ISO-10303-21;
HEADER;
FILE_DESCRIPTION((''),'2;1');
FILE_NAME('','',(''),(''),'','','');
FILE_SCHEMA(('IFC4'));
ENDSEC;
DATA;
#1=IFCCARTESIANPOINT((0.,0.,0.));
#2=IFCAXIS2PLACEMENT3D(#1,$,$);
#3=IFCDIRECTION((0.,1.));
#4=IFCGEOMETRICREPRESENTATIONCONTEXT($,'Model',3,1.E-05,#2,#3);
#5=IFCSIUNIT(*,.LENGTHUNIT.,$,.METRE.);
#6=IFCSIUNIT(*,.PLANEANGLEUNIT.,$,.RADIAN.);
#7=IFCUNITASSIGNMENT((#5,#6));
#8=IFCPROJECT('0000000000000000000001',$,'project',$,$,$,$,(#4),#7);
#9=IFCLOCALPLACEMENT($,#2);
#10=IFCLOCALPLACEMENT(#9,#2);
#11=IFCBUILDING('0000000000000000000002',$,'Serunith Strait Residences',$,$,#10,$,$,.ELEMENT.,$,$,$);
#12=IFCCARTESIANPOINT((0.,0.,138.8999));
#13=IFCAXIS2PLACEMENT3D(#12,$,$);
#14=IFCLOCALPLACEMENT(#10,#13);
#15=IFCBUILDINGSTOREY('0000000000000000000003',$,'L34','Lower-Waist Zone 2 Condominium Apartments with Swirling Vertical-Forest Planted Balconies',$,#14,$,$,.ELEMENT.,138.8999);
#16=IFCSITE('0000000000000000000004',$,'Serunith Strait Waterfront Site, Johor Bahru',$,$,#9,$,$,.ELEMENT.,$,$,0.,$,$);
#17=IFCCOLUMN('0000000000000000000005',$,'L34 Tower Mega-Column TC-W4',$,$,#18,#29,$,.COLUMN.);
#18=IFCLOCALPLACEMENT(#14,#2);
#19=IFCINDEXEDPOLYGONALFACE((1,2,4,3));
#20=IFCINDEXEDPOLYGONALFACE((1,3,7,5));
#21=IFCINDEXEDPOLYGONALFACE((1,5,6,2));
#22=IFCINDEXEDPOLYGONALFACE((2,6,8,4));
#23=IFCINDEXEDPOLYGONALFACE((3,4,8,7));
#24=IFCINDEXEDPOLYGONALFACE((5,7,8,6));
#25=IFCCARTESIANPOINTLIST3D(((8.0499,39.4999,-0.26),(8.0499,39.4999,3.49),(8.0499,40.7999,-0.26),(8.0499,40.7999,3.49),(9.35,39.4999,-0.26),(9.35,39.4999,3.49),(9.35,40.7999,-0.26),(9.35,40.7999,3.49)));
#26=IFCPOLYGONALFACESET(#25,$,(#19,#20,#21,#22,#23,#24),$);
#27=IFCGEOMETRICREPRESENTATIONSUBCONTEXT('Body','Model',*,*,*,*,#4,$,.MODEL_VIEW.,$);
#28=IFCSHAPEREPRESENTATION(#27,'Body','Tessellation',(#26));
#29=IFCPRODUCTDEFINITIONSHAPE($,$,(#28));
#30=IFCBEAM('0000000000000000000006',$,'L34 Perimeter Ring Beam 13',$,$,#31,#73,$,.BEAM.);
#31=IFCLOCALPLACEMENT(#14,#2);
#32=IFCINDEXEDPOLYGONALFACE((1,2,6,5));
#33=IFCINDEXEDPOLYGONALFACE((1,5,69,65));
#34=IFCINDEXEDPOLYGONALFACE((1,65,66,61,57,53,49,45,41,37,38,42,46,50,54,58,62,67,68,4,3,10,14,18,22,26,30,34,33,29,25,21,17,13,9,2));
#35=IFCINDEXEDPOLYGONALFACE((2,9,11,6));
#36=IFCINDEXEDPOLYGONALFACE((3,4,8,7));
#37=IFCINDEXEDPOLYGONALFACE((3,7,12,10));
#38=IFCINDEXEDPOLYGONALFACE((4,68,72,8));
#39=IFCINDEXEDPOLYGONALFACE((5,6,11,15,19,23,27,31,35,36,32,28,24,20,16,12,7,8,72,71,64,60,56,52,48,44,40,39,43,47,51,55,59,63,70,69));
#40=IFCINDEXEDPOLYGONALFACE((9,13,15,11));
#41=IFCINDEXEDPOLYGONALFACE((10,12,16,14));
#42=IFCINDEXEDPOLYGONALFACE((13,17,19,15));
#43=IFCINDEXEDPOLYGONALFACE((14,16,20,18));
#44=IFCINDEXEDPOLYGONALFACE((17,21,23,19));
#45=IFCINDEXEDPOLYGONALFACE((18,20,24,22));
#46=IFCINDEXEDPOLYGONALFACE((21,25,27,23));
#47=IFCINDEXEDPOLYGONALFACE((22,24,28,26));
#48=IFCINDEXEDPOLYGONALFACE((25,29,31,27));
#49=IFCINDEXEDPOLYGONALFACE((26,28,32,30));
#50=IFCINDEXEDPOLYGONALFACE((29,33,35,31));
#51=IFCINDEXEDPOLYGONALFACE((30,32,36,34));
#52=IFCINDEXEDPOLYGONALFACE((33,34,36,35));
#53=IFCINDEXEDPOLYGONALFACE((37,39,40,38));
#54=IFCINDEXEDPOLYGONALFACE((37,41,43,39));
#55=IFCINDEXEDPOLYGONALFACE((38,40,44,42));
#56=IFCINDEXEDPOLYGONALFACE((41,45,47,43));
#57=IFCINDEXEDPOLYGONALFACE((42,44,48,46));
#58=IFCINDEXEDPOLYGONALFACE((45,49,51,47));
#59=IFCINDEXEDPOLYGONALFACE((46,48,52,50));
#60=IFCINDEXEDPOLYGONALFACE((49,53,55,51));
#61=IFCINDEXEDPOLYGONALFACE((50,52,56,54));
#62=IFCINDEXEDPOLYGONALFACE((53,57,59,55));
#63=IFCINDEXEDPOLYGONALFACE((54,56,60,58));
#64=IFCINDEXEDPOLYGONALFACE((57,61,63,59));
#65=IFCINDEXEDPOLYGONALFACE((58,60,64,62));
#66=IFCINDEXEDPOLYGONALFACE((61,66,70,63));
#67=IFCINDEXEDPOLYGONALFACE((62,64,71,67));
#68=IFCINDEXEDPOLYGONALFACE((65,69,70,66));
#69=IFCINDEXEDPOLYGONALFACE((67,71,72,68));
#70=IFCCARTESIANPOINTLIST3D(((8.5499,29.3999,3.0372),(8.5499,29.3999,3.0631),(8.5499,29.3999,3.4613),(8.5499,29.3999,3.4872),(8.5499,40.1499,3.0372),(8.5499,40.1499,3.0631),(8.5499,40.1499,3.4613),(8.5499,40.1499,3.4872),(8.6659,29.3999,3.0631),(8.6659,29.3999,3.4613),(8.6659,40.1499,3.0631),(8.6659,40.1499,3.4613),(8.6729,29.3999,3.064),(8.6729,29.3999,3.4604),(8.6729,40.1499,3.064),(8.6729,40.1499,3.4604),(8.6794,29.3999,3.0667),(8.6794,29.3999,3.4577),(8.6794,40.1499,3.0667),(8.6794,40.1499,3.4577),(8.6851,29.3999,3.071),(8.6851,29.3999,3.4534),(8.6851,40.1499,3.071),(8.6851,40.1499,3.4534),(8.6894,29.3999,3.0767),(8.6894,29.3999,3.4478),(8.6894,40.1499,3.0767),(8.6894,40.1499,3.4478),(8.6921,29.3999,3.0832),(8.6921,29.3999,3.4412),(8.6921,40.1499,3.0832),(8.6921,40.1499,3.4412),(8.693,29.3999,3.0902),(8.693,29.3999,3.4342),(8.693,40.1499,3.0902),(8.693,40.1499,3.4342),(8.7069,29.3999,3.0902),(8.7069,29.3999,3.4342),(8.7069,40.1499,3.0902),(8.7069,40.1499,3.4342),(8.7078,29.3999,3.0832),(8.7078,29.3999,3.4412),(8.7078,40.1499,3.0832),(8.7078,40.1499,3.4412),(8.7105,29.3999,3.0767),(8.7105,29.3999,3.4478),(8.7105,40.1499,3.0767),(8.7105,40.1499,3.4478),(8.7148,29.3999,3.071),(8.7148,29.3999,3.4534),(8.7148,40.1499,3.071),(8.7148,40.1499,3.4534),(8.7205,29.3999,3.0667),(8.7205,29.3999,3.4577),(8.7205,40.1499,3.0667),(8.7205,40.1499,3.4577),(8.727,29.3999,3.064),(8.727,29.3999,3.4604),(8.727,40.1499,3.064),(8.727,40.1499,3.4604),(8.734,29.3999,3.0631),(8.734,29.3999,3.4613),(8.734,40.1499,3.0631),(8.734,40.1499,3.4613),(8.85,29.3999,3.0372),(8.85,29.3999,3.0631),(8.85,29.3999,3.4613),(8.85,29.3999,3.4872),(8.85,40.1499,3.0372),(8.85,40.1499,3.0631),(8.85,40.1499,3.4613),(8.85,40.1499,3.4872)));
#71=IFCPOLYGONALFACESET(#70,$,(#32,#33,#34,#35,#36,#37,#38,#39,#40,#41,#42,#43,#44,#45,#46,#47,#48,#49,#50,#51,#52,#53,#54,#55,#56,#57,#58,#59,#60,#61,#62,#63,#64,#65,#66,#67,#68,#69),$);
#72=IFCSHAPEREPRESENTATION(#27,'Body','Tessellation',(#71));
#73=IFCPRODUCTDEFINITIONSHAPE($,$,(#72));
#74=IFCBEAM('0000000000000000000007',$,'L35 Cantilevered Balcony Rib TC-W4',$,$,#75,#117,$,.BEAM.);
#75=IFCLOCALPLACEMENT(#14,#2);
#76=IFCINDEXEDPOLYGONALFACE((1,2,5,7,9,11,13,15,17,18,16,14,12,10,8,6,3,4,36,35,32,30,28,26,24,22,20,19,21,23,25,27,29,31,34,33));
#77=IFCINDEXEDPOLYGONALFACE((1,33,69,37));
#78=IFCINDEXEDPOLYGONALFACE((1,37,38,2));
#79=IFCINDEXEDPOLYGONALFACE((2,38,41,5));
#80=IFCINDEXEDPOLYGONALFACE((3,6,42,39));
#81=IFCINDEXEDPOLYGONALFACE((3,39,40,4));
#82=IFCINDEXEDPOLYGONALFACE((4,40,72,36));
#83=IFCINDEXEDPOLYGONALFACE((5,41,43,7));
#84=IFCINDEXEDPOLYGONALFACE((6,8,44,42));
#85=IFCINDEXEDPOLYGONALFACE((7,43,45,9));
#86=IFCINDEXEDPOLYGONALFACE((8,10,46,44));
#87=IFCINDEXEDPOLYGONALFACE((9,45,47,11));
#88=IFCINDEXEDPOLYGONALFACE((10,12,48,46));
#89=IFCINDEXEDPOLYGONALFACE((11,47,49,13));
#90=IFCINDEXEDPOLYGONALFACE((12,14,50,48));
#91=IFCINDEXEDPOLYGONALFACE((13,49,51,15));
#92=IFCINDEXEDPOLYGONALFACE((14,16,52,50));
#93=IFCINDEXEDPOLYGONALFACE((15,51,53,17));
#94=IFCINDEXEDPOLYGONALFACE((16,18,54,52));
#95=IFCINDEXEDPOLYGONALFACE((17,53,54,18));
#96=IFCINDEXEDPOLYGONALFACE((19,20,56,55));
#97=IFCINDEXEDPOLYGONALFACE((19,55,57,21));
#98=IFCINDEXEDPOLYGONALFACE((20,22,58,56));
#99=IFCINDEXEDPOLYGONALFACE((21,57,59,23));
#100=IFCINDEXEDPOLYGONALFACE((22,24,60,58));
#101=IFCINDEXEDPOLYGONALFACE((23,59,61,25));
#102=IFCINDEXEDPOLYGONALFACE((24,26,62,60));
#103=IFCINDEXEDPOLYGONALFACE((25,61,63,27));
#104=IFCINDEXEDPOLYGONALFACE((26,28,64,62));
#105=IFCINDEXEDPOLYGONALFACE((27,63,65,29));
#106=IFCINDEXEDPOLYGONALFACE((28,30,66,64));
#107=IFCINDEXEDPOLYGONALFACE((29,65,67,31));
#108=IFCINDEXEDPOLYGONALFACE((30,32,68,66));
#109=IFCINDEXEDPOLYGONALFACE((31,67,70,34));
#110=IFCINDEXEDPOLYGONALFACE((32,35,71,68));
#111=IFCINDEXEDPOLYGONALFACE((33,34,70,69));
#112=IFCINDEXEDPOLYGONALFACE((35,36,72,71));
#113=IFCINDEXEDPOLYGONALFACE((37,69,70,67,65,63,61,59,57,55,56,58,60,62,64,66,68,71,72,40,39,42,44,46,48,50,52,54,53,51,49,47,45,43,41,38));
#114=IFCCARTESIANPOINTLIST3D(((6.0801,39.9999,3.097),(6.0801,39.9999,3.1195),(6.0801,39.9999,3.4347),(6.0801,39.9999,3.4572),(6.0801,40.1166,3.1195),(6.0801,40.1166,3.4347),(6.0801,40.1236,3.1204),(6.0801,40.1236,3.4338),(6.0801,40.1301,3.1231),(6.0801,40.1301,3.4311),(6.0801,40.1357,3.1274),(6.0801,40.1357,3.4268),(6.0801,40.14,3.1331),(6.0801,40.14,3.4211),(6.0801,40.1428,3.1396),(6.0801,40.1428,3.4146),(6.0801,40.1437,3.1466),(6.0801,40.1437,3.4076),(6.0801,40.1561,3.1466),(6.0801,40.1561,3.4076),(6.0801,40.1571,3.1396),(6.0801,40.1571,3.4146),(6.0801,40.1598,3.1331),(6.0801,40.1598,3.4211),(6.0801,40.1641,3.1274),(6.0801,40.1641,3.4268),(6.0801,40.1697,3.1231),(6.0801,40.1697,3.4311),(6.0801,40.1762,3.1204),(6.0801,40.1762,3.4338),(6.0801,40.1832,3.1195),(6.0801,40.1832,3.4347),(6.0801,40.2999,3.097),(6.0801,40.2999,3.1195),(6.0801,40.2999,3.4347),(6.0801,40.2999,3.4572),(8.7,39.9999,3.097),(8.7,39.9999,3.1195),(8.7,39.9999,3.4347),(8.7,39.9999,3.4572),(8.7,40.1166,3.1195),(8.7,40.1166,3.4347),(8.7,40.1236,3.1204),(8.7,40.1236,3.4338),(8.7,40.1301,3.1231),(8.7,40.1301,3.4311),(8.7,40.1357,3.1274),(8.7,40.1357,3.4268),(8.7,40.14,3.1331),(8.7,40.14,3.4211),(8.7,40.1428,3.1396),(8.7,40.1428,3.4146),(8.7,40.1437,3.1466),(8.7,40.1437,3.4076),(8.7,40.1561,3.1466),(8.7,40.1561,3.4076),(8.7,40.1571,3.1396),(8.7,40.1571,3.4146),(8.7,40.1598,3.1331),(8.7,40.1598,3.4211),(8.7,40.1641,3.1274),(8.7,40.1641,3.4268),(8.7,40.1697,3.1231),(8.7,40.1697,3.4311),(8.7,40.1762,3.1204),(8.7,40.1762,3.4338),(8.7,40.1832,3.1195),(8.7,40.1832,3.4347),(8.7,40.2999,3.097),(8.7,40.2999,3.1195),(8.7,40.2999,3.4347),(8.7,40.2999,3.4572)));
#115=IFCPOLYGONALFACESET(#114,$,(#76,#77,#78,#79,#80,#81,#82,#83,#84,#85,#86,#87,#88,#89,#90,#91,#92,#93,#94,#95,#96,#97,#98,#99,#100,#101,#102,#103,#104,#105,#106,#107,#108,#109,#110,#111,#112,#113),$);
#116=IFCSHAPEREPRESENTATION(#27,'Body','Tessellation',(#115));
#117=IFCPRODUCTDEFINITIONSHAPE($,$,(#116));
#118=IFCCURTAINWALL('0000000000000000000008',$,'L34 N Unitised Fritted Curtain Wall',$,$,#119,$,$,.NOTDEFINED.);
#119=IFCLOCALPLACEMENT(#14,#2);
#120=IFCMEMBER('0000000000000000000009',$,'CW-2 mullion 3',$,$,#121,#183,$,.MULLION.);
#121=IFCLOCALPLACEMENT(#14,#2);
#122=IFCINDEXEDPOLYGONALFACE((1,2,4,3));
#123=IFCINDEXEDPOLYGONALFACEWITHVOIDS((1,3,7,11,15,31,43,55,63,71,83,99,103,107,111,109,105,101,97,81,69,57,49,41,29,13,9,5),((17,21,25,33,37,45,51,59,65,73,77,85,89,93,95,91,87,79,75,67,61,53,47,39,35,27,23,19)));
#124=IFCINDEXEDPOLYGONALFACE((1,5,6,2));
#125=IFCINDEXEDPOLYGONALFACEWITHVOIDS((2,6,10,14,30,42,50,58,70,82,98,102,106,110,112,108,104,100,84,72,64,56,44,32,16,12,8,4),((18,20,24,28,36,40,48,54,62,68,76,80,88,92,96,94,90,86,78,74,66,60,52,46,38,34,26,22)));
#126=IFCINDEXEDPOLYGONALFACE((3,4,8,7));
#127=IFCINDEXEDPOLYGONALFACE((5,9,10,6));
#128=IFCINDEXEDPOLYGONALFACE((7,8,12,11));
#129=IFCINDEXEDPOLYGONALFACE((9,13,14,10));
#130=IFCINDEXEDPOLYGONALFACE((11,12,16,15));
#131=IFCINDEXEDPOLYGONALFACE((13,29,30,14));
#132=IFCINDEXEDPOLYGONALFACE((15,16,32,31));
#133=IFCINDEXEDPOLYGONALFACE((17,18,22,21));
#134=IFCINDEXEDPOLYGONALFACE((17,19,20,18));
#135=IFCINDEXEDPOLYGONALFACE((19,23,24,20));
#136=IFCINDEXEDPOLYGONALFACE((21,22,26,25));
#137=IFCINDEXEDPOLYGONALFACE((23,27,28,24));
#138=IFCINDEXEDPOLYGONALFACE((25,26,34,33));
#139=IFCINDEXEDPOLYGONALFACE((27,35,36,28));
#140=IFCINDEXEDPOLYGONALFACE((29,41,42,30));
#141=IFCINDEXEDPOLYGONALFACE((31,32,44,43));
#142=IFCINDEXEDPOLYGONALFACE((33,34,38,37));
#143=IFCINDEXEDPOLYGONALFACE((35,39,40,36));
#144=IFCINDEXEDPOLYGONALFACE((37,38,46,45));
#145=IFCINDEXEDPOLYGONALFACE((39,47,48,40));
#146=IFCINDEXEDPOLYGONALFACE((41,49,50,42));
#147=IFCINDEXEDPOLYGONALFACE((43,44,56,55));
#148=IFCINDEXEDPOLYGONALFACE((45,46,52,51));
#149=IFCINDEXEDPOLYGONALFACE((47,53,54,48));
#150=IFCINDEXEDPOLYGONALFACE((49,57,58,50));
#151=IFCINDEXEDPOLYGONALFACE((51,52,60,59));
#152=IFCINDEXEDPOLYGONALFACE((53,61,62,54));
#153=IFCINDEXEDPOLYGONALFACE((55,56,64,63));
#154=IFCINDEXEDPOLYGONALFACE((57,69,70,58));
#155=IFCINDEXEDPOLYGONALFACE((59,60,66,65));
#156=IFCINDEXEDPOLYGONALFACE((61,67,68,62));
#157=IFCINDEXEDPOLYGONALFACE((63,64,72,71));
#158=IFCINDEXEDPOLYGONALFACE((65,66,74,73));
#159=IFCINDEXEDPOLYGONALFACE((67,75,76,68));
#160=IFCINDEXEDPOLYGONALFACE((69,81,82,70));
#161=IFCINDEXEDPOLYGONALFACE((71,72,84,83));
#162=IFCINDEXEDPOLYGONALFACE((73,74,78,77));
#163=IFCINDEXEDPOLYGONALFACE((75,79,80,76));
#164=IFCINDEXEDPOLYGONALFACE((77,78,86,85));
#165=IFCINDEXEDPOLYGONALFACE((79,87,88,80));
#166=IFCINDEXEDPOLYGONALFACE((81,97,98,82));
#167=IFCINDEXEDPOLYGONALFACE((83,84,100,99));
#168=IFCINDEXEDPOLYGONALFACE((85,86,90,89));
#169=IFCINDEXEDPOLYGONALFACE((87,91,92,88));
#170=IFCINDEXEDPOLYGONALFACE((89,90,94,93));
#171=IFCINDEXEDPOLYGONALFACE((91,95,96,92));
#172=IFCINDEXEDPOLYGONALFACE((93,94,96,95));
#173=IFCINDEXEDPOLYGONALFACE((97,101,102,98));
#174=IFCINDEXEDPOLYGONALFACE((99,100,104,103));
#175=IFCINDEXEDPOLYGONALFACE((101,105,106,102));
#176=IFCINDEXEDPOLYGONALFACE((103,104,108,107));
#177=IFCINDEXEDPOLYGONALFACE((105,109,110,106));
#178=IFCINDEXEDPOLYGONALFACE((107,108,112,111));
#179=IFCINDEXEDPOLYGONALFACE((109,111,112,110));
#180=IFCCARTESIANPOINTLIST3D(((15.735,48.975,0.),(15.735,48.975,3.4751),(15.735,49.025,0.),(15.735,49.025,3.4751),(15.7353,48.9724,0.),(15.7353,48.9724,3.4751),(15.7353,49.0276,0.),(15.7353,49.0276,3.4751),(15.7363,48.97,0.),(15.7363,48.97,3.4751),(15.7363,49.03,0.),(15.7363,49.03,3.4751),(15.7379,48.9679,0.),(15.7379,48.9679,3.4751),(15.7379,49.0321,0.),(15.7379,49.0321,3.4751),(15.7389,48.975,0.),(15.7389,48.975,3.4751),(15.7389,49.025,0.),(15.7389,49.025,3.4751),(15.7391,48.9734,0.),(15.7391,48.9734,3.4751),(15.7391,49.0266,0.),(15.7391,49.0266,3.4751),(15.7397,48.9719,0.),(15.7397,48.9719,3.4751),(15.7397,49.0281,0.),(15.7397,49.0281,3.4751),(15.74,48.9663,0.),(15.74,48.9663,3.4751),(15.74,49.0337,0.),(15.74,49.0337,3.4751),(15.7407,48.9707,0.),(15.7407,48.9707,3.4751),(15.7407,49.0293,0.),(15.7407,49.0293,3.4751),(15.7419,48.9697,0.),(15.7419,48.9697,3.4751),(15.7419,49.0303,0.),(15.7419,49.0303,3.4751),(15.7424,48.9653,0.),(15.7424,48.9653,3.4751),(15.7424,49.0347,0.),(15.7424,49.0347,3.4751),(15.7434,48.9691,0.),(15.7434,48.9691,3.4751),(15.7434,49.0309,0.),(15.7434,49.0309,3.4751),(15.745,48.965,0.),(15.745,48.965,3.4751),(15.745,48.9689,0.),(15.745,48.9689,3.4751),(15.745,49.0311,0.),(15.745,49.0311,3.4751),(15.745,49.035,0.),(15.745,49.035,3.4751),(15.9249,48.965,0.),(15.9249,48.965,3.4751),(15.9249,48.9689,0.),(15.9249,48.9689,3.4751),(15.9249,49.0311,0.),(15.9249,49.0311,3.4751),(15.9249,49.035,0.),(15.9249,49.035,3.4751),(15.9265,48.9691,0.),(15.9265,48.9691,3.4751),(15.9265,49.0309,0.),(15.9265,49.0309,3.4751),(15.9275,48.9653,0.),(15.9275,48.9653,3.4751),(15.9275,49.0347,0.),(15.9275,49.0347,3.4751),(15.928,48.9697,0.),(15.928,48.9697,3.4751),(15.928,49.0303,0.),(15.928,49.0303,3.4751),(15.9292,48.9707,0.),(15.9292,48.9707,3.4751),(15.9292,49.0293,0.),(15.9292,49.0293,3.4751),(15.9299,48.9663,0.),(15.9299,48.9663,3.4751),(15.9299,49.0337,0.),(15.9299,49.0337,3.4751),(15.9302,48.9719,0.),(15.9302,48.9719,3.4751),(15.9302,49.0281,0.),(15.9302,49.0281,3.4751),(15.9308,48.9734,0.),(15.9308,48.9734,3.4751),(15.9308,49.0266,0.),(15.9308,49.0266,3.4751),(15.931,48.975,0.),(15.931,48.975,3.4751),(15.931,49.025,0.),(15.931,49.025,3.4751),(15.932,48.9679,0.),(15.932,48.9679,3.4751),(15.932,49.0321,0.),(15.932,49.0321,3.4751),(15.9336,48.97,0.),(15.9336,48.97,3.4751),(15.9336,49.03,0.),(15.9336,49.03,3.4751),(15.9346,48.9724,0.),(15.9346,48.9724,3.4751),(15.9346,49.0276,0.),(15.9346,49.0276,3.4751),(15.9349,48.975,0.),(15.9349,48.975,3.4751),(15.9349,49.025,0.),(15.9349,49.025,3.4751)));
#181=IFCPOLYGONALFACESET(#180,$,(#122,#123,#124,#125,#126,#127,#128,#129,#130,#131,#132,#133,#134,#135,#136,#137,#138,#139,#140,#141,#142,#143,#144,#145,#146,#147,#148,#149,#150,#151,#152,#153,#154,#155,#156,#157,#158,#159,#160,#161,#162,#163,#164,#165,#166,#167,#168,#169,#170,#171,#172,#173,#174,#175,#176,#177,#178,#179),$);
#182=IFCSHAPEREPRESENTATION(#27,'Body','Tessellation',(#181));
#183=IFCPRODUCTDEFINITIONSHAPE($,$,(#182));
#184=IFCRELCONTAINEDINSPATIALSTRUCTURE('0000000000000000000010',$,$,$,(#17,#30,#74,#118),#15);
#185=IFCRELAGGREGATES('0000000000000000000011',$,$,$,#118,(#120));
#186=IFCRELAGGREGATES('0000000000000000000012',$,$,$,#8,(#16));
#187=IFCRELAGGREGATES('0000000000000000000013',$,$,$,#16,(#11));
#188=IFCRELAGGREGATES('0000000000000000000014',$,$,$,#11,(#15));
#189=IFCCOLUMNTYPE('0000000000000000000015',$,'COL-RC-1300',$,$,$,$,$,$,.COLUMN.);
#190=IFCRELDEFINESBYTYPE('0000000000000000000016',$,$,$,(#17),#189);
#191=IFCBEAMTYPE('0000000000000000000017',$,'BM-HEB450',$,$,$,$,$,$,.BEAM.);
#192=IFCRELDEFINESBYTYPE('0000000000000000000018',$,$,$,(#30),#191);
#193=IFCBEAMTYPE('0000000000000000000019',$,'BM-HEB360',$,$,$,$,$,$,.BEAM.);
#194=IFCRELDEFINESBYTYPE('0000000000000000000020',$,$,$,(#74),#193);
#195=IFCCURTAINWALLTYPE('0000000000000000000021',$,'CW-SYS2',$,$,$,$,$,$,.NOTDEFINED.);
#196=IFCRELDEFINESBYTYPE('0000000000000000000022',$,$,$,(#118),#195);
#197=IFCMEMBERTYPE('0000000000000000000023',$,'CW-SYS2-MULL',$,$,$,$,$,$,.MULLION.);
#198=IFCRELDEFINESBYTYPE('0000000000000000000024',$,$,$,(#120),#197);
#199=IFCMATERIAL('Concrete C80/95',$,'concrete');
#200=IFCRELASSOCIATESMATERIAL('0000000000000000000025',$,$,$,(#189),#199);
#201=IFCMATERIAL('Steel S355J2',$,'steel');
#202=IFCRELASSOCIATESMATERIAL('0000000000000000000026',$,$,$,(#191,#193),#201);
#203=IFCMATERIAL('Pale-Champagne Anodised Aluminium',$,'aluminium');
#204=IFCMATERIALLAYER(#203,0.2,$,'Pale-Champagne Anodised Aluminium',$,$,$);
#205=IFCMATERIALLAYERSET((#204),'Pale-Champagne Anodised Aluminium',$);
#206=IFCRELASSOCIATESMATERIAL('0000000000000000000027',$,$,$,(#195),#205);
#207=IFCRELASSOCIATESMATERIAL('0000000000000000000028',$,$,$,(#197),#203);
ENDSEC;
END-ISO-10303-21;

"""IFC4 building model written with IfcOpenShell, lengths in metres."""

from ifc_helpers import new_model, si_unit, direction, frame, origin, origin_2d, place, context, subcontext, project, spatial, rectangle, hollow_rectangle, i_section, extrude, source, transform, mapped, material, layer, layer_set, material_profile, profile_set, type_object, element, aggregate, save


model = new_model("IFC4")

# Units and contexts
model_context = context("Model", 3, precision=1e-05, world=origin(), true_north=direction((0.0, 1.0)))
body_context = subcontext(model_context, "Body", "Model", "MODEL_VIEW")
ifc_project = project(units=[si_unit("LENGTHUNIT", "METRE"), si_unit("PLANEANGLEUNIT", "RADIAN")], contexts=[model_context])

# Site, building, storey
site_placement = place(None, origin())
site = spatial("IfcSite", under=ifc_project, at=site_placement, Name="Serunith Strait Waterfront Site, Johor Bahru", CompositionType="ELEMENT", RefElevation=0.0)
building_placement = place(site_placement, origin())
building = spatial("IfcBuilding", under=site, at=building_placement, Name="Serunith Strait Residences", CompositionType="ELEMENT")
storey_placement = place(building_placement, frame((0.0, 0.0, 138.8999)))
storey = spatial("IfcBuildingStorey", under=building, at=storey_placement, Name="L34", Description="Lower-Waist Zone 2 Condominium Apartments with Swirling Vertical-Forest Planted Balconies", CompositionType="ELEMENT", Elevation=138.8999)

# Column
ifc_material_1 = material(Name="Concrete C80/95", Category="concrete")
ifc_material_profile_1 = material_profile(ifc_material_1, rectangle(XDim=1.3, YDim=1.3, at=origin_2d()), Name="RC 1300x1300")
ifc_profile_set_1 = profile_set([ifc_material_profile_1], Name="Concrete C80/95")
column_type = type_object("IfcColumnType", Name="COL-RC-1300", PredefinedType="COLUMN", material=ifc_profile_set_1)
shared_shape_1 = source(origin(), body_context, "Body", "SweptSolid", [
    extrude(rectangle(XDim=1.3, YDim=1.3, at=origin_2d()), origin(), (0.0, 0.0, 1.0), 3.75),
])
column_placement = place(storey_placement, frame((8.7, 40.1499, -0.26), z_axis=(0.0, 0.0, 1.0), x_axis=(1.0, 0.0, 0.0)))
element("IfcColumn", 1, at=column_placement, inside=storey, type_object=column_type, Name="L34 Tower Mega-Column TC-W4", PredefinedType="COLUMN", context=body_context, shape_type="MappedRepresentation", body=[
    mapped(shared_shape_1, transform((0.0, 0.0, 0.0), scale=1.0)),
])

# Beams
ifc_material_2 = material(Name="Steel S355J2", Category="steel")
ifc_material_profile_2 = material_profile(ifc_material_2, i_section(OverallWidth=0.3, OverallDepth=0.45, WebThickness=0.0139, FlangeThickness=0.0259, FilletRadius=0.0271, at=origin_2d()), Name="HEB 450")
ifc_profile_set_2 = profile_set([ifc_material_profile_2], Name="Steel S355J2")
beam_type_1 = type_object("IfcBeamType", Name="BM-HEB450", PredefinedType="BEAM", material=ifc_profile_set_2)
shared_shape_2 = source(origin(), body_context, "Body", "SweptSolid", [
    extrude(i_section(OverallWidth=0.3, OverallDepth=0.45, WebThickness=0.0139, FlangeThickness=0.0259, FilletRadius=0.0271, at=origin_2d()), origin(), (0.0, 0.0, 1.0), 10.75),
])
beam_1_placement = place(storey_placement, frame((8.7, 40.1499, 3.2622), z_axis=(0.0, -1.0, 0.0), x_axis=(1.0, 0.0, 0.0)))
element("IfcBeam", 2, at=beam_1_placement, inside=storey, type_object=beam_type_1, Name="L34 Perimeter Ring Beam 13", PredefinedType="BEAM", context=body_context, shape_type="MappedRepresentation", body=[
    mapped(shared_shape_2, transform((0.0, 0.0, 0.0), scale=1.0)),
])
ifc_material_profile_3 = material_profile(ifc_material_2, i_section(OverallWidth=0.3, OverallDepth=0.3601, WebThickness=0.0125, FlangeThickness=0.0225, FilletRadius=0.0271, at=origin_2d()), Name="HEB 360")
ifc_profile_set_3 = profile_set([ifc_material_profile_3], Name="Steel S355J2")
beam_type_2 = type_object("IfcBeamType", Name="BM-HEB360", PredefinedType="BEAM", material=ifc_profile_set_3)
shared_shape_3 = source(origin(), body_context, "Body", "SweptSolid", [
    extrude(i_section(OverallWidth=0.3, OverallDepth=0.3601, WebThickness=0.0125, FlangeThickness=0.0225, FilletRadius=0.0271, at=origin_2d()), origin(), (0.0, 0.0, 1.0), 2.6199),
])
beam_2_placement = place(storey_placement, frame((8.7, 40.1499, 3.2771), z_axis=(-1.0, 0.0, 0.0), x_axis=(0.0, -1.0, 0.0)))
element("IfcBeam", 3, at=beam_2_placement, inside=storey, type_object=beam_type_2, Name="L35 Cantilevered Balcony Rib TC-W4", PredefinedType="BEAM", context=body_context, shape_type="MappedRepresentation", body=[
    mapped(shared_shape_3, transform((0.0, 0.0, 0.0), scale=1.0)),
])

# Curtain wall, member
ifc_material_3 = material(Name="Pale-Champagne Anodised Aluminium", Category="aluminium")
ifc_layer_1 = layer(ifc_material_3, 0.2, Name="Pale-Champagne Anodised Aluminium")
ifc_layer_set_1 = layer_set([ifc_layer_1], Name="Pale-Champagne Anodised Aluminium")
curtain_wall_type = type_object("IfcCurtainWallType", Name="CW-SYS2", PredefinedType="NOTDEFINED", material=ifc_layer_set_1)
curtain_wall_1_placement = place(storey_placement, origin())
curtain_wall_1 = element("IfcCurtainWall", 4, at=curtain_wall_1_placement, inside=storey, type_object=curtain_wall_type, Name="L34 N Unitised Fritted Curtain Wall", PredefinedType="NOTDEFINED")
ifc_material_profile_4 = material_profile(ifc_material_3, hollow_rectangle(XDim=0.0701, YDim=0.2, WallThickness=0.0039, InnerFilletRadius=0.0061, OuterFilletRadius=0.01, at=origin_2d()), Name="ALU 200x70x4")
ifc_profile_set_4 = profile_set([ifc_material_profile_4], Name="Pale-Champagne Anodised Aluminium")
member_type_1 = type_object("IfcMemberType", Name="CW-SYS2-MULL", PredefinedType="MULLION", material=ifc_profile_set_4)
shared_shape_4 = source(origin(), body_context, "Body", "SweptSolid", [
    extrude(hollow_rectangle(XDim=0.0701, YDim=0.2, WallThickness=0.0039, InnerFilletRadius=0.0061, OuterFilletRadius=0.01, at=origin_2d()), origin(), (0.0, 0.0, 1.0), 3.4751),
])
member_1_placement = place(storey_placement, frame((15.835, 49.0, 0.0), z_axis=(0.0, 0.0, 1.0), x_axis=(0.0, -1.0, 0.0)))
member_1 = element("IfcMember", 5, at=member_1_placement, type_object=member_type_1, Name="CW-2 mullion 3", PredefinedType="MULLION", context=body_context, shape_type="MappedRepresentation", body=[
    mapped(shared_shape_4, transform((0.0, 0.0, 0.0), scale=1.0)),
])
aggregate(curtain_wall_1, [member_1])

save(model, "model.ifc")
